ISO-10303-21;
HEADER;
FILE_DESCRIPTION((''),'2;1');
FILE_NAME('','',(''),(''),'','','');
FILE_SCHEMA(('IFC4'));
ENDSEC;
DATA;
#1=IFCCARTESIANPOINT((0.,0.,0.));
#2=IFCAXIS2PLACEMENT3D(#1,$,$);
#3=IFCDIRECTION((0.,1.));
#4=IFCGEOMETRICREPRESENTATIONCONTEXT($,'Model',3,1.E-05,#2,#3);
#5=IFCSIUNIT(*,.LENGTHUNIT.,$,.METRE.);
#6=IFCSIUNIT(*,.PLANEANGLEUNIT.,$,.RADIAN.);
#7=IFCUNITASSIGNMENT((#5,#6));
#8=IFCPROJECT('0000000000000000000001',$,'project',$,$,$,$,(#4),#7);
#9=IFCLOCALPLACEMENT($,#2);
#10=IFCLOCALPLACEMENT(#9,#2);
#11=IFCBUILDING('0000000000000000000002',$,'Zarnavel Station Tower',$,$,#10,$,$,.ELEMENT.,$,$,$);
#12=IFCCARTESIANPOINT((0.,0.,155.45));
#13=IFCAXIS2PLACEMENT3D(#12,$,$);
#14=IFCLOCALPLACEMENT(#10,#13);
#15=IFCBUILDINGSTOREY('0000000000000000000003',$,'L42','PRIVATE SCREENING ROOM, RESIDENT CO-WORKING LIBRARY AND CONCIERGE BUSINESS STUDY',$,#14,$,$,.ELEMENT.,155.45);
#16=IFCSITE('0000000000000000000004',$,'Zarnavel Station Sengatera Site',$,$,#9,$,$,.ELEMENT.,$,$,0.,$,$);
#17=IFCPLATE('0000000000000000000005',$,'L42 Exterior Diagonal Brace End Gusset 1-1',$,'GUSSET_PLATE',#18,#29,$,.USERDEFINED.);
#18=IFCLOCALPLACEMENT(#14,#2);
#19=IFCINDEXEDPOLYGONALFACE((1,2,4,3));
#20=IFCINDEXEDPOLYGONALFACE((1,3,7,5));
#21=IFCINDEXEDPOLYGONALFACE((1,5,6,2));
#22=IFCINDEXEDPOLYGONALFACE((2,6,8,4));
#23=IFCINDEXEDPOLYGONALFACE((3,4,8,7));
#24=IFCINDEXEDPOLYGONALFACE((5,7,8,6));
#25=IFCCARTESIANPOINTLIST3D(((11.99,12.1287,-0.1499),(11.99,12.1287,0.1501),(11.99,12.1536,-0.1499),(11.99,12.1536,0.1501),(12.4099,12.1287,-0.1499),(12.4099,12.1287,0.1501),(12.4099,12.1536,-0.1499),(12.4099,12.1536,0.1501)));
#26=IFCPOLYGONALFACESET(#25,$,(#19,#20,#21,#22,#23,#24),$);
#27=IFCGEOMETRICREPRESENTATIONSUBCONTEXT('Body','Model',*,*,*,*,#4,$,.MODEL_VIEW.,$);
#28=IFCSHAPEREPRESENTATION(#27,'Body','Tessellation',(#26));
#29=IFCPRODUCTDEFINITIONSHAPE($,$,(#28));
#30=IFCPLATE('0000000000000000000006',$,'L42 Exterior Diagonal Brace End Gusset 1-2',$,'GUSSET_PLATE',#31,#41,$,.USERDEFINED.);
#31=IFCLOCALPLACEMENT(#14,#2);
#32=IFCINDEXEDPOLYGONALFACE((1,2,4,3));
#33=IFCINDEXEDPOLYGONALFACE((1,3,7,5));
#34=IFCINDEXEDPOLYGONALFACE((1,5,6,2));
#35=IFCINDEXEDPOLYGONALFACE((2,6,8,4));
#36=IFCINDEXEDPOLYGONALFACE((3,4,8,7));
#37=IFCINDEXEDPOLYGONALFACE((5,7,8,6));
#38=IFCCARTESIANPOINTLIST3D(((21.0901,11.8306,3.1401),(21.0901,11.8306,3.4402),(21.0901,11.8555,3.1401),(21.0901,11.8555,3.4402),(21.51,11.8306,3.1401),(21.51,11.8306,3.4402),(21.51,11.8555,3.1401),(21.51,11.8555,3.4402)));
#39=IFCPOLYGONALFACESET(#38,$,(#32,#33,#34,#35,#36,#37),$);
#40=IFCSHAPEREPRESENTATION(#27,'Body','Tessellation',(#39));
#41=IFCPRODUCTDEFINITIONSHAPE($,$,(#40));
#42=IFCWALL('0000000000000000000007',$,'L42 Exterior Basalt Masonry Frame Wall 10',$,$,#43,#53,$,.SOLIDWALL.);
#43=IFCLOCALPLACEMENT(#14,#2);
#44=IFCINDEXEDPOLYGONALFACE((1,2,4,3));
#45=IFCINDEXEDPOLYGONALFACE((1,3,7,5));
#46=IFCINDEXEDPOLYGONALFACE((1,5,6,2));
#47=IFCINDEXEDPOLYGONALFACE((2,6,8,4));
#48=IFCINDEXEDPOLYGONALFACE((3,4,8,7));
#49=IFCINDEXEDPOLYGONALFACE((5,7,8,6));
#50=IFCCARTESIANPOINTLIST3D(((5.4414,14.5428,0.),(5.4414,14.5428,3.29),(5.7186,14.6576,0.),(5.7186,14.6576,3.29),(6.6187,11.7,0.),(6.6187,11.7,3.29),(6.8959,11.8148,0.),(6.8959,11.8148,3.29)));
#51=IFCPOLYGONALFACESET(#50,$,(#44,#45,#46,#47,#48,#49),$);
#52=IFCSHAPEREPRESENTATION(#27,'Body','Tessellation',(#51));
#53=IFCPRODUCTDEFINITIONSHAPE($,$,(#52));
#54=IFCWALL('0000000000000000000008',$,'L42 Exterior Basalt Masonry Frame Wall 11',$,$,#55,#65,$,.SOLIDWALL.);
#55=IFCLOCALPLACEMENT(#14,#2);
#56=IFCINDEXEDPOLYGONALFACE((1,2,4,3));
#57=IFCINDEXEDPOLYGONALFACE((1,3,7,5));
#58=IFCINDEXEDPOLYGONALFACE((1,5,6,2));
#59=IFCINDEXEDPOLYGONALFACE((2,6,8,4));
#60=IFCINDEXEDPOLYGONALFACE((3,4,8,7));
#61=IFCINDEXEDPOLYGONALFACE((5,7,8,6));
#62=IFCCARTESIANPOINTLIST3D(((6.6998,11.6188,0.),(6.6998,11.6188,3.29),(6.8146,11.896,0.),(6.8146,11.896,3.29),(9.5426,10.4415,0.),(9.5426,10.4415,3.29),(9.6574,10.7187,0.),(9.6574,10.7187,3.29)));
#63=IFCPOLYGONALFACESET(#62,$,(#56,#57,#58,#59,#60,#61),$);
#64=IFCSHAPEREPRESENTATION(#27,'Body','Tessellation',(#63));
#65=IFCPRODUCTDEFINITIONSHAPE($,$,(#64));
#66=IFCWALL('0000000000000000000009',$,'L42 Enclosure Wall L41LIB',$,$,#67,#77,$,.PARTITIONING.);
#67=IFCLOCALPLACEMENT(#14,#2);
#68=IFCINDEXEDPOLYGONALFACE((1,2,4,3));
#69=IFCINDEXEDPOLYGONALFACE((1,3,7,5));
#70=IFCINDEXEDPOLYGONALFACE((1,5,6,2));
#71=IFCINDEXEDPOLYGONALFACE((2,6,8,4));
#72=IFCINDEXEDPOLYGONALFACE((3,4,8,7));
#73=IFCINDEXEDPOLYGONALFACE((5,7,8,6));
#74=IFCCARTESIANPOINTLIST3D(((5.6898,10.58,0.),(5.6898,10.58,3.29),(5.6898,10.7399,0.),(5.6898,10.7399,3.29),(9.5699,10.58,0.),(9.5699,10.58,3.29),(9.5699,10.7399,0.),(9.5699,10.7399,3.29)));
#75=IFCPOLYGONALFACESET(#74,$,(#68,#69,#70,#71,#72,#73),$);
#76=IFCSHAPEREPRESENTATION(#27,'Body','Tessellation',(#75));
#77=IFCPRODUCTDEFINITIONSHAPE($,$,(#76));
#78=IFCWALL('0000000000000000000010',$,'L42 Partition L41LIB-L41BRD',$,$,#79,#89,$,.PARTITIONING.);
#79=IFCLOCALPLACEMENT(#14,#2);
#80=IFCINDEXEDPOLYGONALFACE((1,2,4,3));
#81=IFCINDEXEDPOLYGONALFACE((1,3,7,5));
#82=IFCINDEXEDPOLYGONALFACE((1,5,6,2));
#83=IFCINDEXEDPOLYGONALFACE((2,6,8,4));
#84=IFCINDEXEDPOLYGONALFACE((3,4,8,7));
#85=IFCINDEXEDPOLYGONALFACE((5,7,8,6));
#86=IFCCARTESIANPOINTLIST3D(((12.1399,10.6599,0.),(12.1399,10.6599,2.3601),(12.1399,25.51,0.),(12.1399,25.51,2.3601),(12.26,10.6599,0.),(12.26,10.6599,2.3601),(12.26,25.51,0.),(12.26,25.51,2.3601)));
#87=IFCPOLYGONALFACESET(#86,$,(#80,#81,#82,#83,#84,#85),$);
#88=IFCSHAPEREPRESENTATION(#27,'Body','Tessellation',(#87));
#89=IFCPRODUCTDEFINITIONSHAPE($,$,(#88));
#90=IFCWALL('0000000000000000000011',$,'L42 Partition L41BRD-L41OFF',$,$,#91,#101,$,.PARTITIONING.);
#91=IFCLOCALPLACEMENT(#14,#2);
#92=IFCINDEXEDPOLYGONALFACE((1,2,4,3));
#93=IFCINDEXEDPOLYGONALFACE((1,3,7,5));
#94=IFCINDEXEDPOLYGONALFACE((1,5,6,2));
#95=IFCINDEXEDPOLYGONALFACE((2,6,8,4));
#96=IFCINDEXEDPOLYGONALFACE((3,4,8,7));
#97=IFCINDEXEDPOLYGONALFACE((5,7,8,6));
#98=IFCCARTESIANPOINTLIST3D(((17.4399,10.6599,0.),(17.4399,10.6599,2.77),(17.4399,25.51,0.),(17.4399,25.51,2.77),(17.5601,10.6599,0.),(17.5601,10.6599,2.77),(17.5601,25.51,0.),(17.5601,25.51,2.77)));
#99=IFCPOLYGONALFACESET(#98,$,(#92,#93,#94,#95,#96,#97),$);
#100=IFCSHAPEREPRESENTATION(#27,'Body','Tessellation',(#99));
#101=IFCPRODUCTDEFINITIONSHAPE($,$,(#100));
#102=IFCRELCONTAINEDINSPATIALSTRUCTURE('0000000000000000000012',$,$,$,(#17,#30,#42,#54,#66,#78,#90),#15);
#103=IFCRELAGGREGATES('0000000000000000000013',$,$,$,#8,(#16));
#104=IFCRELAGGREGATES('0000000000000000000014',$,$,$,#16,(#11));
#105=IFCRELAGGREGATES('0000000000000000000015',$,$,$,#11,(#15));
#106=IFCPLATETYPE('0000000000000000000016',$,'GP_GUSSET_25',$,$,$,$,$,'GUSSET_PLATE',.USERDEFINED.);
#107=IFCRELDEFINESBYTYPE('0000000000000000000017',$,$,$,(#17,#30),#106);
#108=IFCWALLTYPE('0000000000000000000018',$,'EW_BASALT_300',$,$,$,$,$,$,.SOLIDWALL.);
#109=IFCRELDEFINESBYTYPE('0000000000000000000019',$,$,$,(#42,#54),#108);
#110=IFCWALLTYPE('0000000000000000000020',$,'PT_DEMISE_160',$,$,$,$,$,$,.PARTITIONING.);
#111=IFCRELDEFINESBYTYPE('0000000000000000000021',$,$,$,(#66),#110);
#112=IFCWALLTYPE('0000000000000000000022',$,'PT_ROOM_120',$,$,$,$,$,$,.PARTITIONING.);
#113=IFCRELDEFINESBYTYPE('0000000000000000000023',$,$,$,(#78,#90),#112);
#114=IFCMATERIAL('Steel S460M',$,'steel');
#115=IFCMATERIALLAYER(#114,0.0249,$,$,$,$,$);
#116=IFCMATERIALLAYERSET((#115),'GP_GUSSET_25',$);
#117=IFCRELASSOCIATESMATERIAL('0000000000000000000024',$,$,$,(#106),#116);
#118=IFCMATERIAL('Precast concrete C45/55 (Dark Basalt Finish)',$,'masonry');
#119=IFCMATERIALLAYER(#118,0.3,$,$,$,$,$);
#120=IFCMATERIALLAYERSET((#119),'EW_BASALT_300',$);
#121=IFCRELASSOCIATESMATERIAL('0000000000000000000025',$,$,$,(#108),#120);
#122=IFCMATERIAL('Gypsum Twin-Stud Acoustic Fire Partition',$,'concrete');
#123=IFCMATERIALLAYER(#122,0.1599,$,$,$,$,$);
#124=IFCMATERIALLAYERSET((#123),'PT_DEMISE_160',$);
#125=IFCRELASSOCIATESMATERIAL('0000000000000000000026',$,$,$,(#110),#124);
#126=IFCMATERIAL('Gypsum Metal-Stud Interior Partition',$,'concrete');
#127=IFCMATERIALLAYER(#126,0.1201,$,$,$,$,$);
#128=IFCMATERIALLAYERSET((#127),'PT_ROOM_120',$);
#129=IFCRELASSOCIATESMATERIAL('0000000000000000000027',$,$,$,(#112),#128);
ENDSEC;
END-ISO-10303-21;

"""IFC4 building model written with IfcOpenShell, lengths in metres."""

from ifc_helpers import new_model, si_unit, direction, frame, frame_2d, origin, origin_2d, place, context, subcontext, project, spatial, rectangle, extrude, material, layer, layer_set, type_object, element, save


model = new_model("IFC4")

# Units and contexts
model_context = context("Model", 3, precision=1e-05, world=origin(), true_north=direction((0.0, 1.0)))
body_context = subcontext(model_context, "Body", "Model", "MODEL_VIEW")
ifc_project = project(units=[si_unit("LENGTHUNIT", "METRE"), si_unit("PLANEANGLEUNIT", "RADIAN")], contexts=[model_context])

# Site, building, storey
site_placement = place(None, origin())
site = spatial("IfcSite", under=ifc_project, at=site_placement, Name="Zarnavel Station Sengatera Site", CompositionType="ELEMENT", RefElevation=0.0)
building_placement = place(site_placement, origin())
building = spatial("IfcBuilding", under=site, at=building_placement, Name="Zarnavel Station Tower", CompositionType="ELEMENT")
storey_placement = place(building_placement, frame((0.0, 0.0, 155.45)))
storey = spatial("IfcBuildingStorey", under=building, at=storey_placement, Name="L42", Description="PRIVATE SCREENING ROOM, RESIDENT CO-WORKING LIBRARY AND CONCIERGE BUSINESS STUDY", CompositionType="ELEMENT", Elevation=155.45)

# Plates
ifc_material_1 = material(Name="Steel S460M", Category="steel")
ifc_layer_1 = layer(ifc_material_1, 0.0249)
ifc_layer_set_1 = layer_set([ifc_layer_1], Name="GP_GUSSET_25")
plate_type = type_object("IfcPlateType", Name="GP_GUSSET_25", ElementType="GUSSET_PLATE", PredefinedType="USERDEFINED", material=ifc_layer_set_1)
for number, where, z_axis, x_axis, name in (
    (1, (12.2, 12.1411, -0.1499), (0.0, 0.0, 1.0), (1.0, 0.0, 0.0), "L42 Exterior Diagonal Brace End Gusset 1-1"),
    (2, (21.3, 11.843, 3.1401), (0.0, 0.0, 1.0), (1.0, 0.0, 0.0), "L42 Exterior Diagonal Brace End Gusset 1-2"),
):
    element("IfcPlate", number, at=place(storey_placement, frame(where, z_axis=z_axis, x_axis=x_axis)), inside=storey, type_object=plate_type, Name=name, ObjectType="GUSSET_PLATE", PredefinedType="USERDEFINED", context=body_context, shape_type="SweptSolid", body=[
        extrude(rectangle(XDim=0.4199, YDim=0.0249, at=origin_2d()), origin(), (0.0, 0.0, 1.0), 0.3),
    ])

# Walls
ifc_material_2 = material(Name="Precast concrete C45/55 (Dark Basalt Finish)", Category="masonry")
ifc_layer_2 = layer(ifc_material_2, 0.3)
ifc_layer_set_2 = layer_set([ifc_layer_2], Name="EW_BASALT_300")
wall_type_1 = type_object("IfcWallType", Name="EW_BASALT_300", PredefinedType="SOLIDWALL", material=ifc_layer_set_2)
for number, where, z_axis, x_axis, name in (
    (3, (6.7573, 11.7573, 0.0), (0.0, 0.0, 1.0), (-0.382609, 0.92391, 0.0), "L42 Exterior Basalt Masonry Frame Wall 10"),
    (4, (9.6001, 10.5801, 0.0), (0.0, 0.0, 1.0), (-0.92391, 0.382609, 0.0), "L42 Exterior Basalt Masonry Frame Wall 11"),
):
    element("IfcWall", number, at=place(storey_placement, frame(where, z_axis=z_axis, x_axis=x_axis)), inside=storey, type_object=wall_type_1, Name=name, PredefinedType="SOLIDWALL", context=body_context, shape_type="SweptSolid", body=[
        extrude(rectangle(XDim=3.0769, YDim=0.3, at=frame_2d((1.5386, 0.0))), origin(), (0.0, 0.0, 1.0), 3.29),
    ])
ifc_material_3 = material(Name="Gypsum Twin-Stud Acoustic Fire Partition", Category="concrete")
ifc_layer_3 = layer(ifc_material_3, 0.1599)
ifc_layer_set_3 = layer_set([ifc_layer_3], Name="PT_DEMISE_160")
wall_type_2 = type_object("IfcWallType", Name="PT_DEMISE_160", PredefinedType="PARTITIONING", material=ifc_layer_set_3)
wall_1_placement = place(storey_placement, frame((5.6899, 10.6599, 0.0), z_axis=(0.0, 0.0, 1.0), x_axis=(1.0, 0.0, 0.0)))
element("IfcWall", 5, at=wall_1_placement, inside=storey, type_object=wall_type_2, Name="L42 Enclosure Wall L41LIB", PredefinedType="PARTITIONING", context=body_context, shape_type="SweptSolid", body=[
    extrude(rectangle(XDim=3.8801, YDim=0.1599, at=frame_2d((1.9399, 0.0))), origin(), (0.0, 0.0, 1.0), 3.29),
])
ifc_material_4 = material(Name="Gypsum Metal-Stud Interior Partition", Category="concrete")
ifc_layer_4 = layer(ifc_material_4, 0.1201)
ifc_layer_set_4 = layer_set([ifc_layer_4], Name="PT_ROOM_120")
wall_type_3 = type_object("IfcWallType", Name="PT_ROOM_120", PredefinedType="PARTITIONING", material=ifc_layer_set_4)
wall_2_placement = place(storey_placement, frame((12.2, 10.6599, 0.0), z_axis=(0.0, 0.0, 1.0), x_axis=(0.0, 1.0, 0.0)))
element("IfcWall", 6, at=wall_2_placement, inside=storey, type_object=wall_type_3, Name="L42 Partition L41LIB-L41BRD", PredefinedType="PARTITIONING", context=body_context, shape_type="SweptSolid", body=[
    extrude(rectangle(XDim=14.8501, YDim=0.1201, at=frame_2d((7.425, 0.0))), origin(), (0.0, 0.0, 1.0), 2.3601),
])
wall_3_placement = place(storey_placement, frame((17.5, 10.6599, 0.0), z_axis=(0.0, 0.0, 1.0), x_axis=(0.0, 1.0, 0.0)))
element("IfcWall", 7, at=wall_3_placement, inside=storey, type_object=wall_type_3, Name="L42 Partition L41BRD-L41OFF", PredefinedType="PARTITIONING", context=body_context, shape_type="SweptSolid", body=[
    extrude(rectangle(XDim=14.8501, YDim=0.1201, at=frame_2d((7.425, 0.0))), origin(), (0.0, 0.0, 1.0), 2.77),
])

save(model, "model.ifc")
